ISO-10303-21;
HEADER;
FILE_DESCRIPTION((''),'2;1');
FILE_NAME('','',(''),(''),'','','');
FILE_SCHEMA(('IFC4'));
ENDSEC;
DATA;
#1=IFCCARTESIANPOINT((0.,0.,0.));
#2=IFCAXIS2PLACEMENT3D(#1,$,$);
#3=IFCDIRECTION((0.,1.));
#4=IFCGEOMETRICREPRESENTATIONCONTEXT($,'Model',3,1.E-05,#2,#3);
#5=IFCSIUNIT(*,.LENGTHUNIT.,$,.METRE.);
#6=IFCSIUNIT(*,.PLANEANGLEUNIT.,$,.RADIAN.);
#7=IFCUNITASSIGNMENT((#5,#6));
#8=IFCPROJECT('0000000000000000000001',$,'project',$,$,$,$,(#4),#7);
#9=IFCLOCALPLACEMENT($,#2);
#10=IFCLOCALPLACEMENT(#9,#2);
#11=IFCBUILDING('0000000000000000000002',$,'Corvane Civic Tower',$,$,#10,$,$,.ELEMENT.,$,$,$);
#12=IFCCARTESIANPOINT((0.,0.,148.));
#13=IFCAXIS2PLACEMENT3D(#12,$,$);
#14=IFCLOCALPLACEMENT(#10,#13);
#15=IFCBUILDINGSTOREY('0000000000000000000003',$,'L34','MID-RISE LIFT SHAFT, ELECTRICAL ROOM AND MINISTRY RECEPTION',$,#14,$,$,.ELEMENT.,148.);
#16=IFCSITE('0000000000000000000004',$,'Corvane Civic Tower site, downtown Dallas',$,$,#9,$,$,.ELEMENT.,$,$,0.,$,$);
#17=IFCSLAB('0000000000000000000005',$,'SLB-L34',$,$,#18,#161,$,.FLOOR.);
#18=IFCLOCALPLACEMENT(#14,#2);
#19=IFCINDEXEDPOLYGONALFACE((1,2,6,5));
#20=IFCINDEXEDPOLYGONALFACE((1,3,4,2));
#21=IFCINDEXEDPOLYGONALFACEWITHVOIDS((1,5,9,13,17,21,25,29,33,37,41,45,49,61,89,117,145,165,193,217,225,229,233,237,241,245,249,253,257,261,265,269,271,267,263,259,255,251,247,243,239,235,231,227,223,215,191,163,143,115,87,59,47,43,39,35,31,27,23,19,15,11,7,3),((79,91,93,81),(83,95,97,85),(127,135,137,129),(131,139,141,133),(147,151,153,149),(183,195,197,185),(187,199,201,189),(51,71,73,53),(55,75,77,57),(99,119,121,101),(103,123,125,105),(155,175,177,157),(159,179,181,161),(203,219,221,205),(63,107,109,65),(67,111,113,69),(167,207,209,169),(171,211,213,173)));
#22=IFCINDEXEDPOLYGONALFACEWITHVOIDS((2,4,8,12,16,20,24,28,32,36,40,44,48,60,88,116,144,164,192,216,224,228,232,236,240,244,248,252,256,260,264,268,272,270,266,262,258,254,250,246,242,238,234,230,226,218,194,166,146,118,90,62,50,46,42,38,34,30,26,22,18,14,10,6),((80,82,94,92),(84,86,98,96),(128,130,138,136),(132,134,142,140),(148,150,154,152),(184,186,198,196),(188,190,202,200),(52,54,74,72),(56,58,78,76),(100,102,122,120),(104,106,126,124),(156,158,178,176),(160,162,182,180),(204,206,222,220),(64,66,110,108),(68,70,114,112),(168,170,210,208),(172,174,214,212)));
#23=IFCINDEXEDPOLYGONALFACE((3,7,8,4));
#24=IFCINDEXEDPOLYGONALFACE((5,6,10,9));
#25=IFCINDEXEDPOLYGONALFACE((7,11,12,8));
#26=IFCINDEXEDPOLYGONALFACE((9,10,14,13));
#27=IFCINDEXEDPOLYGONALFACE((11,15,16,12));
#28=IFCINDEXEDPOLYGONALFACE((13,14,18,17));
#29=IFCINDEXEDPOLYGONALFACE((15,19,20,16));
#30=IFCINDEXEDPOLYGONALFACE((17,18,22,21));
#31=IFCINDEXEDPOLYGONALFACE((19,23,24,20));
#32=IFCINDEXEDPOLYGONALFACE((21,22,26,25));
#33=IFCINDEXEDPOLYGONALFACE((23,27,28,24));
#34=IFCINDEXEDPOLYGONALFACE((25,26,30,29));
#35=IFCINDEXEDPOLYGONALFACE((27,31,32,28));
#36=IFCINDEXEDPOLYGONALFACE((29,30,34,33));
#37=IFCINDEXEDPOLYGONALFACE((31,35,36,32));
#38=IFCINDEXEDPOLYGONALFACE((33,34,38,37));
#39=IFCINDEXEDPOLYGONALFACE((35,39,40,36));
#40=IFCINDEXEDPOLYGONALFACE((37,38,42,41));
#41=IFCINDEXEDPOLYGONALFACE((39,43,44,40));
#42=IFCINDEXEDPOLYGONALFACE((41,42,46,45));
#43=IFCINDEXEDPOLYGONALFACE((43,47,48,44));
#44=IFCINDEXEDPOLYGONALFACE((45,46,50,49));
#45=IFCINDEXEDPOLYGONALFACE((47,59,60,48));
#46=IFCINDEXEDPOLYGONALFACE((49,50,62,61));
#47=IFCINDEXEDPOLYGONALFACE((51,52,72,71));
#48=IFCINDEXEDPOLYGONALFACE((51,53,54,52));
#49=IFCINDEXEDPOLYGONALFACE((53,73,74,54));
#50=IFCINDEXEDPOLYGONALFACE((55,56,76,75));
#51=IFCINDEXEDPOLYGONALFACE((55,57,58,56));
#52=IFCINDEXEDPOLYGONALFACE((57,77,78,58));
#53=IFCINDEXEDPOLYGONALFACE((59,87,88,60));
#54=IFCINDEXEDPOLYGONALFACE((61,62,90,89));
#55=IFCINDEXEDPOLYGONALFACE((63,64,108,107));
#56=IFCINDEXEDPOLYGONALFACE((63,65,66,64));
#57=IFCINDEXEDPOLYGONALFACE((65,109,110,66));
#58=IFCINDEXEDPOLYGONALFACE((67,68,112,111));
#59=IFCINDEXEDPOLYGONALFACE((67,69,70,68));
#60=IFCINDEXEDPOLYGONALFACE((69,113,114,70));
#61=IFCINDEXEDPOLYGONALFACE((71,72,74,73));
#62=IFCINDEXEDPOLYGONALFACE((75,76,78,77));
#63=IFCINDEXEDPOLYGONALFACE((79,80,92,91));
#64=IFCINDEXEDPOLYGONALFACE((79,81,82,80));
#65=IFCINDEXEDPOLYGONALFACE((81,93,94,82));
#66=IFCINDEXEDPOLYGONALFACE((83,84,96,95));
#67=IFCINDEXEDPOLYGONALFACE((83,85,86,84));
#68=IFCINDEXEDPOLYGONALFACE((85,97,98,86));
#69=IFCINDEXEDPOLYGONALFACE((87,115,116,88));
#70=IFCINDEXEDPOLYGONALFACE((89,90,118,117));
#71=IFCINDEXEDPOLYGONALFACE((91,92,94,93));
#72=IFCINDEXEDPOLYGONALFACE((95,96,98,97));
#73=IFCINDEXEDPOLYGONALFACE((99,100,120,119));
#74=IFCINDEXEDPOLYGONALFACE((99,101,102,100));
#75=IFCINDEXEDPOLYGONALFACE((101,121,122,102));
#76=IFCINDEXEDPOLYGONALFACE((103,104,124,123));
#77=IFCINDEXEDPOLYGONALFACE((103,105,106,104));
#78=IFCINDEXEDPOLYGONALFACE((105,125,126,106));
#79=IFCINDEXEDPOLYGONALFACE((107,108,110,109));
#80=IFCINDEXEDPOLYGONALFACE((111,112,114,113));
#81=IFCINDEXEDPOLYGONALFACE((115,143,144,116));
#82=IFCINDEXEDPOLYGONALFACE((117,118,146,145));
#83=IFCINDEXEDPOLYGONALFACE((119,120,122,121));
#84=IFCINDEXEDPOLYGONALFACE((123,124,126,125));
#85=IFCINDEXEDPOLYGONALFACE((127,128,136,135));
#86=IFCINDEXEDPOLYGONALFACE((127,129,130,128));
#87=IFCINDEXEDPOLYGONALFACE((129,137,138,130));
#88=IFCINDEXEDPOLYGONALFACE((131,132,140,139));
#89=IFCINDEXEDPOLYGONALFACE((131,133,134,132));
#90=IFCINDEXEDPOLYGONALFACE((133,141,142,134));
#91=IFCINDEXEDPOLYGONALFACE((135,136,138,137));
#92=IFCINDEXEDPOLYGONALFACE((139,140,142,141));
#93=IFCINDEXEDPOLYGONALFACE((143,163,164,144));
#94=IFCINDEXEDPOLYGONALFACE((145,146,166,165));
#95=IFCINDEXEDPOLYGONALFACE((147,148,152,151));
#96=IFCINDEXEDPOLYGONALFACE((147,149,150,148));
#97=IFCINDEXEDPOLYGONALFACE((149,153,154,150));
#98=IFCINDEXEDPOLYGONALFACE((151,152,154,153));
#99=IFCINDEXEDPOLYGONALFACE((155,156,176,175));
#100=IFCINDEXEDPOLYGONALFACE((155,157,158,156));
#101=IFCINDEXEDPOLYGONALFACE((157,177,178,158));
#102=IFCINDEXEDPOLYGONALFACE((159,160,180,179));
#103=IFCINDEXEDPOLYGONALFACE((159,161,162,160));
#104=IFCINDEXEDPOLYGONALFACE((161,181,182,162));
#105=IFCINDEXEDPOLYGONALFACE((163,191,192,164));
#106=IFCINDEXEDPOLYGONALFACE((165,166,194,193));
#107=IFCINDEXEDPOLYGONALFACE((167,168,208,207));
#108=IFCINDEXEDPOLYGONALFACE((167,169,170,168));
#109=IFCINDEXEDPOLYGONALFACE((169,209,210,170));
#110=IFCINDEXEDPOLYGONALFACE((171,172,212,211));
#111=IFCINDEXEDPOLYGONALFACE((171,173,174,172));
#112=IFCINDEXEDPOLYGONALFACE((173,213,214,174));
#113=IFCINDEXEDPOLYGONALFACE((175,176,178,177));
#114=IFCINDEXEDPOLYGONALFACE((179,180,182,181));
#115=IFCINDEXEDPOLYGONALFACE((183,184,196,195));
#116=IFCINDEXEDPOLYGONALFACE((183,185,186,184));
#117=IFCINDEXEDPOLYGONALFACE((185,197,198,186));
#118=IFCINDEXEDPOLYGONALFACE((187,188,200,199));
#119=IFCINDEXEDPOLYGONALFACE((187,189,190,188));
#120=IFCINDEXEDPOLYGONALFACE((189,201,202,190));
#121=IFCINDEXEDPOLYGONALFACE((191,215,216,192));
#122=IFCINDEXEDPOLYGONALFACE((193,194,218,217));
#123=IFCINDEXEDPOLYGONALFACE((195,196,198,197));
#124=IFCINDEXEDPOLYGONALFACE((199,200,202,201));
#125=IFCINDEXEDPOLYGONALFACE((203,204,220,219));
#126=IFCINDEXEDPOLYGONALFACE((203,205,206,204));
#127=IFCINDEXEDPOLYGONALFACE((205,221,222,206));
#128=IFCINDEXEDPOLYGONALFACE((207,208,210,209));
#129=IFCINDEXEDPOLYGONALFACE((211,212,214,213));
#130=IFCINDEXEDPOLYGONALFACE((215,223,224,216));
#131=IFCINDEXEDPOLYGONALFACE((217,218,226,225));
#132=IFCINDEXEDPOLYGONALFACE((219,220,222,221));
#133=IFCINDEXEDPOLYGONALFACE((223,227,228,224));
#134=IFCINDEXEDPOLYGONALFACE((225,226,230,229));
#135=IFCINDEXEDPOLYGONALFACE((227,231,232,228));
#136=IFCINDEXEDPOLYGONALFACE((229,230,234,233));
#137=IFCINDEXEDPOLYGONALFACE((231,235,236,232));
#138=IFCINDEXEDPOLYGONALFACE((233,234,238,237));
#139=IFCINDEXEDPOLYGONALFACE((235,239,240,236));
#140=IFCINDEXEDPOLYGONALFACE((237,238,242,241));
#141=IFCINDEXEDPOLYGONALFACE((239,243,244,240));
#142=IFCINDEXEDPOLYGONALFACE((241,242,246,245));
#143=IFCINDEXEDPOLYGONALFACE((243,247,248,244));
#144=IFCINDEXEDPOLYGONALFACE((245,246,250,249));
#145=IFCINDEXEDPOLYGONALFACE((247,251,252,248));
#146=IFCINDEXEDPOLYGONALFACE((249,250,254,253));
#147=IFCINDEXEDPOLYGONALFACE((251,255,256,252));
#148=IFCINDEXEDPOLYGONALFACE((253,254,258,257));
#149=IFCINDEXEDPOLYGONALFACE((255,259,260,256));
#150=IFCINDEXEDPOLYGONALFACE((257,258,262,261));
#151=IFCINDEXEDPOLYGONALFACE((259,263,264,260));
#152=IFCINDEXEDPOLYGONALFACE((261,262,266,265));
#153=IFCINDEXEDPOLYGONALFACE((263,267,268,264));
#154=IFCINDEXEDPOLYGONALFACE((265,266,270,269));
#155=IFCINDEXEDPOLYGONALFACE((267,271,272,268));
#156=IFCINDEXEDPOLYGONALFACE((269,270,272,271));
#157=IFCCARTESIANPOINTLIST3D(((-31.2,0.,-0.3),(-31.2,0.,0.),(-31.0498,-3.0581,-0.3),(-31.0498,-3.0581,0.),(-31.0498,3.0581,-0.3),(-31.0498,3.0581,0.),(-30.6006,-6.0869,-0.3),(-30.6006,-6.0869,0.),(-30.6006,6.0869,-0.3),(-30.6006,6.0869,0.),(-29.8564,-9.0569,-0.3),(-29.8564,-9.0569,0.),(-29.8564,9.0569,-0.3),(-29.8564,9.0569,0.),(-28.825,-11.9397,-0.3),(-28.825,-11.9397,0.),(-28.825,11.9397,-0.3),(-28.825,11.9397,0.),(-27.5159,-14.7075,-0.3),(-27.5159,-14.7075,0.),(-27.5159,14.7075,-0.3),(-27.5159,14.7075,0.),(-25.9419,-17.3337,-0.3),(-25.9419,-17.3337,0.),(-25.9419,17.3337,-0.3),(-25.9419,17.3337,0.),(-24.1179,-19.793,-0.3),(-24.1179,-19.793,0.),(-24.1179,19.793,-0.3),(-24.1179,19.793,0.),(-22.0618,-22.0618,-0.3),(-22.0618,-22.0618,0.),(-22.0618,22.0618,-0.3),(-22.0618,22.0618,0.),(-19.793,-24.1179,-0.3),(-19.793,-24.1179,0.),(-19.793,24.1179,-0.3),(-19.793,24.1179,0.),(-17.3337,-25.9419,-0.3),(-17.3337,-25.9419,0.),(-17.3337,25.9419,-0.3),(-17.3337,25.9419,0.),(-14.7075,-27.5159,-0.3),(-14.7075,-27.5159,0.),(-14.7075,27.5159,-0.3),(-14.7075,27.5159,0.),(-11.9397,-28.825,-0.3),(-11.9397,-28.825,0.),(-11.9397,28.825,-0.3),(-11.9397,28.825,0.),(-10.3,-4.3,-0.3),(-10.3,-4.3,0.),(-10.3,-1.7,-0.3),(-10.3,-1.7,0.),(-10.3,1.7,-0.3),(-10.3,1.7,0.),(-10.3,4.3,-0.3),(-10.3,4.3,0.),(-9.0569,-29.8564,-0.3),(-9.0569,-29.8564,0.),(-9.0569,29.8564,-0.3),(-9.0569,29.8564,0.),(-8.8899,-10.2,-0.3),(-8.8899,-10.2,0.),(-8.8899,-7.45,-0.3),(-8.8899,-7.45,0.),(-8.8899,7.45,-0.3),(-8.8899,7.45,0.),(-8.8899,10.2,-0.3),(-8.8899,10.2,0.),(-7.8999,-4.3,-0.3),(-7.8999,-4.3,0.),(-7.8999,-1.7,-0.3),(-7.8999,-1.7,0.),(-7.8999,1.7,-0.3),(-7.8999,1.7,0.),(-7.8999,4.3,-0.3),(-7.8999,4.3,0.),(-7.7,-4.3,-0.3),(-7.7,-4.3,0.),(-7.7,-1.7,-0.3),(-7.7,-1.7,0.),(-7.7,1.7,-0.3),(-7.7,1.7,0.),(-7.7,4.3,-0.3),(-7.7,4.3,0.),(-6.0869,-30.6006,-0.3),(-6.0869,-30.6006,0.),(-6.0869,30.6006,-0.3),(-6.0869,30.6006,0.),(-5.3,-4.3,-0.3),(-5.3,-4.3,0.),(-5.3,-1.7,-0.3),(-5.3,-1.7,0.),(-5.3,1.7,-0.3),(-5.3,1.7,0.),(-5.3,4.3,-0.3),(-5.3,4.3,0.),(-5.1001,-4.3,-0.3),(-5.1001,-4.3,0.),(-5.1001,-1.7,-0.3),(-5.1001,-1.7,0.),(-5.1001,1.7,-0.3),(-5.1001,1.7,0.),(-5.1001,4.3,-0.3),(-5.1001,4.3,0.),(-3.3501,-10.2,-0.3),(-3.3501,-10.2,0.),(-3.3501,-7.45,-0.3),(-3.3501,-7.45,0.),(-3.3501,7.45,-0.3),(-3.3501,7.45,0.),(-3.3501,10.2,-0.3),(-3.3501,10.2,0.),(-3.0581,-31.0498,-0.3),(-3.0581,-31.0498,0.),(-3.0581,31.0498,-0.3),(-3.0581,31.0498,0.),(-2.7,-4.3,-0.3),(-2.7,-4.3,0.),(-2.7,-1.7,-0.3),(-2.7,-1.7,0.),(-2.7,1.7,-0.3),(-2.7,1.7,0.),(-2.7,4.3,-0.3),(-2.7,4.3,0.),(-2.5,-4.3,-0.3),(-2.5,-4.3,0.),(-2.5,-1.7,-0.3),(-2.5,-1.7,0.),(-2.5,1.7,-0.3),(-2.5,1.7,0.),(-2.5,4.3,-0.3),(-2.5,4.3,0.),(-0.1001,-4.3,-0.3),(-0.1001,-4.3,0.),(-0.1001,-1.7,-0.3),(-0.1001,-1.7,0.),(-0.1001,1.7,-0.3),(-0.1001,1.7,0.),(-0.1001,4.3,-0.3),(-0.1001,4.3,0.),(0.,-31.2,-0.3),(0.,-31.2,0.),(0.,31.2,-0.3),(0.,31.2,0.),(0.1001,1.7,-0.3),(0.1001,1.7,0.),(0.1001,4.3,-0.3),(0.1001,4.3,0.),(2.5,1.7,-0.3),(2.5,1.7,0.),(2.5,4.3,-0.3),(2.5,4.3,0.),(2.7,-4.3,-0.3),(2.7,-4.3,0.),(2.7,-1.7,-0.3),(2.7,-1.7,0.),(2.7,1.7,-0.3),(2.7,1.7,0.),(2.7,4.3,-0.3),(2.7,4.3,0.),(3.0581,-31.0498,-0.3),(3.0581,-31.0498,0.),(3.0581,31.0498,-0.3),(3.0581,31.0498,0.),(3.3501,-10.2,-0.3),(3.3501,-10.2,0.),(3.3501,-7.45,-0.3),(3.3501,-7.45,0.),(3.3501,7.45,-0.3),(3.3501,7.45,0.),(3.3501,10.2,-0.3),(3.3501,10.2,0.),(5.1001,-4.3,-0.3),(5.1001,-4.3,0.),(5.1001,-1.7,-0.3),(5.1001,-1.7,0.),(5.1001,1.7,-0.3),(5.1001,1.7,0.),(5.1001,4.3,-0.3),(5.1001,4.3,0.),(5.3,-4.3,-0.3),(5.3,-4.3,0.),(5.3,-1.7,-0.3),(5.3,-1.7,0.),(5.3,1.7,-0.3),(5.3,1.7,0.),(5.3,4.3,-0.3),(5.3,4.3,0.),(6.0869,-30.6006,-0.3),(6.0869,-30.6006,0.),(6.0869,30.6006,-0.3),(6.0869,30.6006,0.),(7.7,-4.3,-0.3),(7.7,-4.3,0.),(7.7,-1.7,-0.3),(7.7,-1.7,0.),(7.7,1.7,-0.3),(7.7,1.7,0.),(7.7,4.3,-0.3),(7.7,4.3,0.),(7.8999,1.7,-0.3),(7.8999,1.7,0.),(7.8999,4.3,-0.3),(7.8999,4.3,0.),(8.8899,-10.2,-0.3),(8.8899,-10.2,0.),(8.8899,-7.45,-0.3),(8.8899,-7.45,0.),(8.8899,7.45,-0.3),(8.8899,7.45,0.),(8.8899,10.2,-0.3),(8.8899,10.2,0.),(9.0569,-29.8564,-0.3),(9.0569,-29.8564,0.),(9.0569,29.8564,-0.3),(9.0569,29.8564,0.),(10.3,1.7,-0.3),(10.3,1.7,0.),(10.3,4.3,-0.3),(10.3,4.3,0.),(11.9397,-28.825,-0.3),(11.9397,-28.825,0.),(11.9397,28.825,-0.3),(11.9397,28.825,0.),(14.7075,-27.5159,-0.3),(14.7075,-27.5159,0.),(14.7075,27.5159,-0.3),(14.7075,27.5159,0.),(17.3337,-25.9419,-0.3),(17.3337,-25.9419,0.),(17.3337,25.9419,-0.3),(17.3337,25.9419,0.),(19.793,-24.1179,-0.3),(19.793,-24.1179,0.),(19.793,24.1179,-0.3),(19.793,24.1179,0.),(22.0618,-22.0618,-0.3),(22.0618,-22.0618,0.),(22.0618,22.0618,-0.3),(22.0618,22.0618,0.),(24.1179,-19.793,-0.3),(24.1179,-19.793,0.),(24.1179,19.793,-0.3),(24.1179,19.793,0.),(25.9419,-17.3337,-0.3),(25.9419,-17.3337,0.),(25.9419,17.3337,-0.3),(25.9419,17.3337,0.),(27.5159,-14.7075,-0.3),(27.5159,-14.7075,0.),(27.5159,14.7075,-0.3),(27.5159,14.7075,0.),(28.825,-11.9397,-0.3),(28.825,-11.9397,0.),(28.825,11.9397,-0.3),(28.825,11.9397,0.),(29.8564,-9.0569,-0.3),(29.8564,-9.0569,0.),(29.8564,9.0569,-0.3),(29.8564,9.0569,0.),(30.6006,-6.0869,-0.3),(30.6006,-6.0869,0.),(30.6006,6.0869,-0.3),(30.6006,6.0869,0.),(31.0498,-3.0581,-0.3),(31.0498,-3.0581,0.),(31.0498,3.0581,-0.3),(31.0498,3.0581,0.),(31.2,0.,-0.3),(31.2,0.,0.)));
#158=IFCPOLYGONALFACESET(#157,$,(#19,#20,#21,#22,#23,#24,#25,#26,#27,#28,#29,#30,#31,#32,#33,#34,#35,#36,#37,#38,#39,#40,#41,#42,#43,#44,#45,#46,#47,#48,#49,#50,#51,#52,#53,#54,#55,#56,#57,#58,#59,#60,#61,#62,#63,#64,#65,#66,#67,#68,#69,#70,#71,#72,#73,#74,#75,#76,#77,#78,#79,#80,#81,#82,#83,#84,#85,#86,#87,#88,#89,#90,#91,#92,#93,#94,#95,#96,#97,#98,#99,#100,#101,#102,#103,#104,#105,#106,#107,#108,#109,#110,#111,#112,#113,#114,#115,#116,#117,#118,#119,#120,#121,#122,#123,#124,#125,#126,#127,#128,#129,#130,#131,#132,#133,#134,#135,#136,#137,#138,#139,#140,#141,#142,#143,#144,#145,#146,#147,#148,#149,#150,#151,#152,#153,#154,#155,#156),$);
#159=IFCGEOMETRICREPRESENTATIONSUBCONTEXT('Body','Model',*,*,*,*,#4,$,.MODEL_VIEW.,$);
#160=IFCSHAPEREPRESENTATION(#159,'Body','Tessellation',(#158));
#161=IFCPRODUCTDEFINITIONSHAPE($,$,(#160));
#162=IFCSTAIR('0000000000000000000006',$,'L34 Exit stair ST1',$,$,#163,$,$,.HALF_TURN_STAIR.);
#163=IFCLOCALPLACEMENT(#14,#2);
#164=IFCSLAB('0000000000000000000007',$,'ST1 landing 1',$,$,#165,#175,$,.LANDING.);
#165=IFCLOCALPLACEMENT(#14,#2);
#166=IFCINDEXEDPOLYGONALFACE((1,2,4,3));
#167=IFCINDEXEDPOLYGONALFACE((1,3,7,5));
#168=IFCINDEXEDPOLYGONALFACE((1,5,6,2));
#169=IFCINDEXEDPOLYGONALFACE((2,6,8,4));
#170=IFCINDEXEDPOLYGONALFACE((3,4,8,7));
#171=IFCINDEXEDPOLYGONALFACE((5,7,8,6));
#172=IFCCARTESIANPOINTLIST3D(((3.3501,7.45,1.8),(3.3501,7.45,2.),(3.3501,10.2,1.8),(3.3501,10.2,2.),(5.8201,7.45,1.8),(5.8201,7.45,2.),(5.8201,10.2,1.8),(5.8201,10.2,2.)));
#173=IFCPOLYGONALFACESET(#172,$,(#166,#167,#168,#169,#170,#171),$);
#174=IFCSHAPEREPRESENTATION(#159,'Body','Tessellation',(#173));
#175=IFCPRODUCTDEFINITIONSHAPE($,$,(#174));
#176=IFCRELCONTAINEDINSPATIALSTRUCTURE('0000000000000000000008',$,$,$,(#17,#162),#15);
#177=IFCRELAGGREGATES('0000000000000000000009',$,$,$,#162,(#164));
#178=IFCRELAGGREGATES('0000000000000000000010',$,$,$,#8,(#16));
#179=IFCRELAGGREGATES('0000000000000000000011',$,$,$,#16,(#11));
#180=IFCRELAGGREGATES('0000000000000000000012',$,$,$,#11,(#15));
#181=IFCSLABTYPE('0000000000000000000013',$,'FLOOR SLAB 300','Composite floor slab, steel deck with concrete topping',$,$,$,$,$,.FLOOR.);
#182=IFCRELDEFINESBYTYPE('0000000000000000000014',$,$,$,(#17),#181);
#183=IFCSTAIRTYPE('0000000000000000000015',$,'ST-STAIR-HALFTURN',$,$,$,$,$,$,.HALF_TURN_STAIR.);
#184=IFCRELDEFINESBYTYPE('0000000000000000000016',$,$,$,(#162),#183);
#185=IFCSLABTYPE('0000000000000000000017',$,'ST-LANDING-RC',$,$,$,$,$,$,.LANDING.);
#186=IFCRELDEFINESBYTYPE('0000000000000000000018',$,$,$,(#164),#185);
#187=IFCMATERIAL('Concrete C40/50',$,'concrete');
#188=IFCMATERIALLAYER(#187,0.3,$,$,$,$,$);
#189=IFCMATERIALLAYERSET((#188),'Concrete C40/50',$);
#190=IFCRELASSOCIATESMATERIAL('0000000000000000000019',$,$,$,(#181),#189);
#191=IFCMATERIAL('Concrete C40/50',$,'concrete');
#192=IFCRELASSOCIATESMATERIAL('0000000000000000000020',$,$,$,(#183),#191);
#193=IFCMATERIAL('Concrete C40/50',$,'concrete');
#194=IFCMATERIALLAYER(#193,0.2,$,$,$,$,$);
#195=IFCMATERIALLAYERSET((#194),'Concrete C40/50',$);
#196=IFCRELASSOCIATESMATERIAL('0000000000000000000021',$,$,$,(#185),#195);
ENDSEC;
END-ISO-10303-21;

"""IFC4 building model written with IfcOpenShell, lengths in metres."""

from ifc_helpers import new_model, si_unit, direction, frame, origin, place, context, subcontext, project, spatial, polyline, outline, extrude, material, layer, layer_set, type_object, element, aggregate, save


model = new_model("IFC4")

# Units and contexts
model_context = context("Model", 3, precision=1e-05, world=origin(), true_north=direction((0.0, 1.0)))
body_context = subcontext(model_context, "Body", "Model", "MODEL_VIEW")
ifc_project = project(units=[si_unit("LENGTHUNIT", "METRE"), si_unit("PLANEANGLEUNIT", "RADIAN")], contexts=[model_context])

# Site, building, storey
site_placement = place(None, origin())
site = spatial("IfcSite", under=ifc_project, at=site_placement, Name="Corvane Civic Tower site, downtown Dallas", CompositionType="ELEMENT", RefElevation=0.0)
building_placement = place(site_placement, origin())
building = spatial("IfcBuilding", under=site, at=building_placement, Name="Corvane Civic Tower", CompositionType="ELEMENT")
storey_placement = place(building_placement, frame((0.0, 0.0, 148.0)))
storey = spatial("IfcBuildingStorey", under=building, at=storey_placement, Name="L34", Description="MID-RISE LIFT SHAFT, ELECTRICAL ROOM AND MINISTRY RECEPTION", CompositionType="ELEMENT", Elevation=148.0)

# Slab
ifc_material_1 = material(Name="Concrete C40/50", Category="concrete")
ifc_layer_1 = layer(ifc_material_1, 0.3)
ifc_layer_set_1 = layer_set([ifc_layer_1], Name="Concrete C40/50")
slab_type_1 = type_object("IfcSlabType", Name="FLOOR SLAB 300", Description="Composite floor slab, steel deck with concrete topping", PredefinedType="FLOOR", material=ifc_layer_set_1)
slab_1_placement = place(storey_placement, frame((0.0, 0.0, -0.3)))
element("IfcSlab", 1, at=slab_1_placement, inside=storey, type_object=slab_type_1, Name="SLB-L34", PredefinedType="FLOOR", context=body_context, shape_type="SweptSolid", body=[
    extrude(outline(polyline([(0.0, 31.2), (-3.0581, 31.0498), (-6.0869, 30.6006), (-9.0569, 29.8564), (-11.9397, 28.825), (-14.7075, 27.5159), (-17.3337, 25.9419), (-19.793, 24.1179), (-22.0618, 22.0618), (-24.1179, 19.793), (-25.9419, 17.3337), (-27.5159, 14.7075), (-28.825, 11.9397), (-29.8564, 9.0569), (-30.6006, 6.0869), (-31.0498, 3.0581), (-31.2, 0.0), (-31.0498, -3.0581), (-30.6006, -6.0869), (-29.8564, -9.0569), (-28.825, -11.9397), (-27.5159, -14.7075), (-25.9419, -17.3337), (-24.1179, -19.793), (-22.0618, -22.0618), (-19.793, -24.1179), (-17.3337, -25.9419), (-14.7075, -27.5159), (-11.9397, -28.825), (-9.0569, -29.8564), (-6.0869, -30.6006), (-3.0581, -31.0498), (0.0, -31.2), (3.0581, -31.0498), (6.0869, -30.6006), (9.0569, -29.8564), (11.9397, -28.825), (14.7075, -27.5159), (17.3337, -25.9419), (19.793, -24.1179), (22.0618, -22.0618), (24.1179, -19.793), (25.9419, -17.3337), (27.5159, -14.7075), (28.825, -11.9397), (29.8564, -9.0569), (30.6006, -6.0869), (31.0498, -3.0581), (31.2, 0.0), (31.0498, 3.0581), (30.6006, 6.0869), (29.8564, 9.0569), (28.825, 11.9397), (27.5159, 14.7075), (25.9419, 17.3337), (24.1179, 19.793), (22.0618, 22.0618), (19.793, 24.1179), (17.3337, 25.9419), (14.7075, 27.5159), (11.9397, 28.825), (9.0569, 29.8564), (6.0869, 30.6006), (3.0581, 31.0498), (0.0, 31.2)]), holes=[polyline([(-7.8999, 1.7), (-10.3, 1.7), (-10.3, 4.3), (-7.8999, 4.3), (-7.8999, 1.7)]), polyline([(-7.7, 4.3), (-5.3, 4.3), (-5.3, 1.7), (-7.7, 1.7), (-7.7, 4.3)]), polyline([(-5.1001, 4.3), (-2.7, 4.3), (-2.7, 1.7), (-5.1001, 1.7), (-5.1001, 4.3)]), polyline([(-0.1001, 4.3), (-0.1001, 1.7), (-2.5, 1.7), (-2.5, 4.3), (-0.1001, 4.3)]), polyline([(0.1001, 4.3), (2.5, 4.3), (2.5, 1.7), (0.1001, 1.7), (0.1001, 4.3)]), polyline([(2.7, 4.3), (5.1001, 4.3), (5.1001, 1.7), (2.7, 1.7), (2.7, 4.3)]), polyline([(5.3, 4.3), (7.7, 4.3), (7.7, 1.7), (5.3, 1.7), (5.3, 4.3)]), polyline([(7.8999, 4.3), (10.3, 4.3), (10.3, 1.7), (7.8999, 1.7), (7.8999, 4.3)]), polyline([(-7.8999, -1.7), (-7.8999, -4.3), (-10.3, -4.3), (-10.3, -1.7), (-7.8999, -1.7)]), polyline([(-7.7, -4.3), (-7.7, -1.7), (-5.3, -1.7), (-5.3, -4.3), (-7.7, -4.3)]), polyline([(-5.1001, -4.3), (-5.1001, -1.7), (-2.7, -1.7), (-2.7, -4.3), (-5.1001, -4.3)]), polyline([(-0.1001, -1.7), (-0.1001, -4.3), (-2.5, -4.3), (-2.5, -1.7), (-0.1001, -1.7)]), polyline([(5.1001, -1.7), (5.1001, -4.3), (2.7, -4.3), (2.7, -1.7), (5.1001, -1.7)]), polyline([(7.7, -1.7), (7.7, -4.3), (5.3, -4.3), (5.3, -1.7), (7.7, -1.7)]), polyline([(8.8899, 10.2), (8.8899, 7.45), (3.3501, 7.45), (3.3501, 10.2), (8.8899, 10.2)]), polyline([(-8.8899, 7.45), (-8.8899, 10.2), (-3.3501, 10.2), (-3.3501, 7.45), (-8.8899, 7.45)]), polyline([(8.8899, -7.45), (8.8899, -10.2), (3.3501, -10.2), (3.3501, -7.45), (8.8899, -7.45)]), polyline([(-8.8899, -10.2), (-8.8899, -7.45), (-3.3501, -7.45), (-3.3501, -10.2), (-8.8899, -10.2)])]), origin(), (0.0, 0.0, 1.0), 0.3),
])

# Stair, slab
ifc_material_2 = material(Name="Concrete C40/50", Category="concrete")
stair_type = type_object("IfcStairType", Name="ST-STAIR-HALFTURN", PredefinedType="HALF_TURN_STAIR", material=ifc_material_2)
stair_1_placement = place(storey_placement, origin())
stair_1 = element("IfcStair", 2, at=stair_1_placement, inside=storey, type_object=stair_type, Name="L34 Exit stair ST1", PredefinedType="HALF_TURN_STAIR")
ifc_material_3 = material(Name="Concrete C40/50", Category="concrete")
ifc_layer_2 = layer(ifc_material_3, 0.2)
ifc_layer_set_2 = layer_set([ifc_layer_2], Name="Concrete C40/50")
slab_type_2 = type_object("IfcSlabType", Name="ST-LANDING-RC", PredefinedType="LANDING", material=ifc_layer_set_2)
slab_2_placement = place(storey_placement, frame((0.0, 0.0, 1.8)))
slab_2 = element("IfcSlab", 3, at=slab_2_placement, type_object=slab_type_2, Name="ST1 landing 1", PredefinedType="LANDING", context=body_context, shape_type="SweptSolid", body=[
    extrude(outline(polyline([(5.8201, 10.2), (3.3501, 10.2), (3.3501, 7.45), (5.8201, 7.45), (5.8201, 10.2)])), origin(), (0.0, 0.0, 1.0), 0.2),
])
aggregate(stair_1, [slab_2])

save(model, "model.ifc")
